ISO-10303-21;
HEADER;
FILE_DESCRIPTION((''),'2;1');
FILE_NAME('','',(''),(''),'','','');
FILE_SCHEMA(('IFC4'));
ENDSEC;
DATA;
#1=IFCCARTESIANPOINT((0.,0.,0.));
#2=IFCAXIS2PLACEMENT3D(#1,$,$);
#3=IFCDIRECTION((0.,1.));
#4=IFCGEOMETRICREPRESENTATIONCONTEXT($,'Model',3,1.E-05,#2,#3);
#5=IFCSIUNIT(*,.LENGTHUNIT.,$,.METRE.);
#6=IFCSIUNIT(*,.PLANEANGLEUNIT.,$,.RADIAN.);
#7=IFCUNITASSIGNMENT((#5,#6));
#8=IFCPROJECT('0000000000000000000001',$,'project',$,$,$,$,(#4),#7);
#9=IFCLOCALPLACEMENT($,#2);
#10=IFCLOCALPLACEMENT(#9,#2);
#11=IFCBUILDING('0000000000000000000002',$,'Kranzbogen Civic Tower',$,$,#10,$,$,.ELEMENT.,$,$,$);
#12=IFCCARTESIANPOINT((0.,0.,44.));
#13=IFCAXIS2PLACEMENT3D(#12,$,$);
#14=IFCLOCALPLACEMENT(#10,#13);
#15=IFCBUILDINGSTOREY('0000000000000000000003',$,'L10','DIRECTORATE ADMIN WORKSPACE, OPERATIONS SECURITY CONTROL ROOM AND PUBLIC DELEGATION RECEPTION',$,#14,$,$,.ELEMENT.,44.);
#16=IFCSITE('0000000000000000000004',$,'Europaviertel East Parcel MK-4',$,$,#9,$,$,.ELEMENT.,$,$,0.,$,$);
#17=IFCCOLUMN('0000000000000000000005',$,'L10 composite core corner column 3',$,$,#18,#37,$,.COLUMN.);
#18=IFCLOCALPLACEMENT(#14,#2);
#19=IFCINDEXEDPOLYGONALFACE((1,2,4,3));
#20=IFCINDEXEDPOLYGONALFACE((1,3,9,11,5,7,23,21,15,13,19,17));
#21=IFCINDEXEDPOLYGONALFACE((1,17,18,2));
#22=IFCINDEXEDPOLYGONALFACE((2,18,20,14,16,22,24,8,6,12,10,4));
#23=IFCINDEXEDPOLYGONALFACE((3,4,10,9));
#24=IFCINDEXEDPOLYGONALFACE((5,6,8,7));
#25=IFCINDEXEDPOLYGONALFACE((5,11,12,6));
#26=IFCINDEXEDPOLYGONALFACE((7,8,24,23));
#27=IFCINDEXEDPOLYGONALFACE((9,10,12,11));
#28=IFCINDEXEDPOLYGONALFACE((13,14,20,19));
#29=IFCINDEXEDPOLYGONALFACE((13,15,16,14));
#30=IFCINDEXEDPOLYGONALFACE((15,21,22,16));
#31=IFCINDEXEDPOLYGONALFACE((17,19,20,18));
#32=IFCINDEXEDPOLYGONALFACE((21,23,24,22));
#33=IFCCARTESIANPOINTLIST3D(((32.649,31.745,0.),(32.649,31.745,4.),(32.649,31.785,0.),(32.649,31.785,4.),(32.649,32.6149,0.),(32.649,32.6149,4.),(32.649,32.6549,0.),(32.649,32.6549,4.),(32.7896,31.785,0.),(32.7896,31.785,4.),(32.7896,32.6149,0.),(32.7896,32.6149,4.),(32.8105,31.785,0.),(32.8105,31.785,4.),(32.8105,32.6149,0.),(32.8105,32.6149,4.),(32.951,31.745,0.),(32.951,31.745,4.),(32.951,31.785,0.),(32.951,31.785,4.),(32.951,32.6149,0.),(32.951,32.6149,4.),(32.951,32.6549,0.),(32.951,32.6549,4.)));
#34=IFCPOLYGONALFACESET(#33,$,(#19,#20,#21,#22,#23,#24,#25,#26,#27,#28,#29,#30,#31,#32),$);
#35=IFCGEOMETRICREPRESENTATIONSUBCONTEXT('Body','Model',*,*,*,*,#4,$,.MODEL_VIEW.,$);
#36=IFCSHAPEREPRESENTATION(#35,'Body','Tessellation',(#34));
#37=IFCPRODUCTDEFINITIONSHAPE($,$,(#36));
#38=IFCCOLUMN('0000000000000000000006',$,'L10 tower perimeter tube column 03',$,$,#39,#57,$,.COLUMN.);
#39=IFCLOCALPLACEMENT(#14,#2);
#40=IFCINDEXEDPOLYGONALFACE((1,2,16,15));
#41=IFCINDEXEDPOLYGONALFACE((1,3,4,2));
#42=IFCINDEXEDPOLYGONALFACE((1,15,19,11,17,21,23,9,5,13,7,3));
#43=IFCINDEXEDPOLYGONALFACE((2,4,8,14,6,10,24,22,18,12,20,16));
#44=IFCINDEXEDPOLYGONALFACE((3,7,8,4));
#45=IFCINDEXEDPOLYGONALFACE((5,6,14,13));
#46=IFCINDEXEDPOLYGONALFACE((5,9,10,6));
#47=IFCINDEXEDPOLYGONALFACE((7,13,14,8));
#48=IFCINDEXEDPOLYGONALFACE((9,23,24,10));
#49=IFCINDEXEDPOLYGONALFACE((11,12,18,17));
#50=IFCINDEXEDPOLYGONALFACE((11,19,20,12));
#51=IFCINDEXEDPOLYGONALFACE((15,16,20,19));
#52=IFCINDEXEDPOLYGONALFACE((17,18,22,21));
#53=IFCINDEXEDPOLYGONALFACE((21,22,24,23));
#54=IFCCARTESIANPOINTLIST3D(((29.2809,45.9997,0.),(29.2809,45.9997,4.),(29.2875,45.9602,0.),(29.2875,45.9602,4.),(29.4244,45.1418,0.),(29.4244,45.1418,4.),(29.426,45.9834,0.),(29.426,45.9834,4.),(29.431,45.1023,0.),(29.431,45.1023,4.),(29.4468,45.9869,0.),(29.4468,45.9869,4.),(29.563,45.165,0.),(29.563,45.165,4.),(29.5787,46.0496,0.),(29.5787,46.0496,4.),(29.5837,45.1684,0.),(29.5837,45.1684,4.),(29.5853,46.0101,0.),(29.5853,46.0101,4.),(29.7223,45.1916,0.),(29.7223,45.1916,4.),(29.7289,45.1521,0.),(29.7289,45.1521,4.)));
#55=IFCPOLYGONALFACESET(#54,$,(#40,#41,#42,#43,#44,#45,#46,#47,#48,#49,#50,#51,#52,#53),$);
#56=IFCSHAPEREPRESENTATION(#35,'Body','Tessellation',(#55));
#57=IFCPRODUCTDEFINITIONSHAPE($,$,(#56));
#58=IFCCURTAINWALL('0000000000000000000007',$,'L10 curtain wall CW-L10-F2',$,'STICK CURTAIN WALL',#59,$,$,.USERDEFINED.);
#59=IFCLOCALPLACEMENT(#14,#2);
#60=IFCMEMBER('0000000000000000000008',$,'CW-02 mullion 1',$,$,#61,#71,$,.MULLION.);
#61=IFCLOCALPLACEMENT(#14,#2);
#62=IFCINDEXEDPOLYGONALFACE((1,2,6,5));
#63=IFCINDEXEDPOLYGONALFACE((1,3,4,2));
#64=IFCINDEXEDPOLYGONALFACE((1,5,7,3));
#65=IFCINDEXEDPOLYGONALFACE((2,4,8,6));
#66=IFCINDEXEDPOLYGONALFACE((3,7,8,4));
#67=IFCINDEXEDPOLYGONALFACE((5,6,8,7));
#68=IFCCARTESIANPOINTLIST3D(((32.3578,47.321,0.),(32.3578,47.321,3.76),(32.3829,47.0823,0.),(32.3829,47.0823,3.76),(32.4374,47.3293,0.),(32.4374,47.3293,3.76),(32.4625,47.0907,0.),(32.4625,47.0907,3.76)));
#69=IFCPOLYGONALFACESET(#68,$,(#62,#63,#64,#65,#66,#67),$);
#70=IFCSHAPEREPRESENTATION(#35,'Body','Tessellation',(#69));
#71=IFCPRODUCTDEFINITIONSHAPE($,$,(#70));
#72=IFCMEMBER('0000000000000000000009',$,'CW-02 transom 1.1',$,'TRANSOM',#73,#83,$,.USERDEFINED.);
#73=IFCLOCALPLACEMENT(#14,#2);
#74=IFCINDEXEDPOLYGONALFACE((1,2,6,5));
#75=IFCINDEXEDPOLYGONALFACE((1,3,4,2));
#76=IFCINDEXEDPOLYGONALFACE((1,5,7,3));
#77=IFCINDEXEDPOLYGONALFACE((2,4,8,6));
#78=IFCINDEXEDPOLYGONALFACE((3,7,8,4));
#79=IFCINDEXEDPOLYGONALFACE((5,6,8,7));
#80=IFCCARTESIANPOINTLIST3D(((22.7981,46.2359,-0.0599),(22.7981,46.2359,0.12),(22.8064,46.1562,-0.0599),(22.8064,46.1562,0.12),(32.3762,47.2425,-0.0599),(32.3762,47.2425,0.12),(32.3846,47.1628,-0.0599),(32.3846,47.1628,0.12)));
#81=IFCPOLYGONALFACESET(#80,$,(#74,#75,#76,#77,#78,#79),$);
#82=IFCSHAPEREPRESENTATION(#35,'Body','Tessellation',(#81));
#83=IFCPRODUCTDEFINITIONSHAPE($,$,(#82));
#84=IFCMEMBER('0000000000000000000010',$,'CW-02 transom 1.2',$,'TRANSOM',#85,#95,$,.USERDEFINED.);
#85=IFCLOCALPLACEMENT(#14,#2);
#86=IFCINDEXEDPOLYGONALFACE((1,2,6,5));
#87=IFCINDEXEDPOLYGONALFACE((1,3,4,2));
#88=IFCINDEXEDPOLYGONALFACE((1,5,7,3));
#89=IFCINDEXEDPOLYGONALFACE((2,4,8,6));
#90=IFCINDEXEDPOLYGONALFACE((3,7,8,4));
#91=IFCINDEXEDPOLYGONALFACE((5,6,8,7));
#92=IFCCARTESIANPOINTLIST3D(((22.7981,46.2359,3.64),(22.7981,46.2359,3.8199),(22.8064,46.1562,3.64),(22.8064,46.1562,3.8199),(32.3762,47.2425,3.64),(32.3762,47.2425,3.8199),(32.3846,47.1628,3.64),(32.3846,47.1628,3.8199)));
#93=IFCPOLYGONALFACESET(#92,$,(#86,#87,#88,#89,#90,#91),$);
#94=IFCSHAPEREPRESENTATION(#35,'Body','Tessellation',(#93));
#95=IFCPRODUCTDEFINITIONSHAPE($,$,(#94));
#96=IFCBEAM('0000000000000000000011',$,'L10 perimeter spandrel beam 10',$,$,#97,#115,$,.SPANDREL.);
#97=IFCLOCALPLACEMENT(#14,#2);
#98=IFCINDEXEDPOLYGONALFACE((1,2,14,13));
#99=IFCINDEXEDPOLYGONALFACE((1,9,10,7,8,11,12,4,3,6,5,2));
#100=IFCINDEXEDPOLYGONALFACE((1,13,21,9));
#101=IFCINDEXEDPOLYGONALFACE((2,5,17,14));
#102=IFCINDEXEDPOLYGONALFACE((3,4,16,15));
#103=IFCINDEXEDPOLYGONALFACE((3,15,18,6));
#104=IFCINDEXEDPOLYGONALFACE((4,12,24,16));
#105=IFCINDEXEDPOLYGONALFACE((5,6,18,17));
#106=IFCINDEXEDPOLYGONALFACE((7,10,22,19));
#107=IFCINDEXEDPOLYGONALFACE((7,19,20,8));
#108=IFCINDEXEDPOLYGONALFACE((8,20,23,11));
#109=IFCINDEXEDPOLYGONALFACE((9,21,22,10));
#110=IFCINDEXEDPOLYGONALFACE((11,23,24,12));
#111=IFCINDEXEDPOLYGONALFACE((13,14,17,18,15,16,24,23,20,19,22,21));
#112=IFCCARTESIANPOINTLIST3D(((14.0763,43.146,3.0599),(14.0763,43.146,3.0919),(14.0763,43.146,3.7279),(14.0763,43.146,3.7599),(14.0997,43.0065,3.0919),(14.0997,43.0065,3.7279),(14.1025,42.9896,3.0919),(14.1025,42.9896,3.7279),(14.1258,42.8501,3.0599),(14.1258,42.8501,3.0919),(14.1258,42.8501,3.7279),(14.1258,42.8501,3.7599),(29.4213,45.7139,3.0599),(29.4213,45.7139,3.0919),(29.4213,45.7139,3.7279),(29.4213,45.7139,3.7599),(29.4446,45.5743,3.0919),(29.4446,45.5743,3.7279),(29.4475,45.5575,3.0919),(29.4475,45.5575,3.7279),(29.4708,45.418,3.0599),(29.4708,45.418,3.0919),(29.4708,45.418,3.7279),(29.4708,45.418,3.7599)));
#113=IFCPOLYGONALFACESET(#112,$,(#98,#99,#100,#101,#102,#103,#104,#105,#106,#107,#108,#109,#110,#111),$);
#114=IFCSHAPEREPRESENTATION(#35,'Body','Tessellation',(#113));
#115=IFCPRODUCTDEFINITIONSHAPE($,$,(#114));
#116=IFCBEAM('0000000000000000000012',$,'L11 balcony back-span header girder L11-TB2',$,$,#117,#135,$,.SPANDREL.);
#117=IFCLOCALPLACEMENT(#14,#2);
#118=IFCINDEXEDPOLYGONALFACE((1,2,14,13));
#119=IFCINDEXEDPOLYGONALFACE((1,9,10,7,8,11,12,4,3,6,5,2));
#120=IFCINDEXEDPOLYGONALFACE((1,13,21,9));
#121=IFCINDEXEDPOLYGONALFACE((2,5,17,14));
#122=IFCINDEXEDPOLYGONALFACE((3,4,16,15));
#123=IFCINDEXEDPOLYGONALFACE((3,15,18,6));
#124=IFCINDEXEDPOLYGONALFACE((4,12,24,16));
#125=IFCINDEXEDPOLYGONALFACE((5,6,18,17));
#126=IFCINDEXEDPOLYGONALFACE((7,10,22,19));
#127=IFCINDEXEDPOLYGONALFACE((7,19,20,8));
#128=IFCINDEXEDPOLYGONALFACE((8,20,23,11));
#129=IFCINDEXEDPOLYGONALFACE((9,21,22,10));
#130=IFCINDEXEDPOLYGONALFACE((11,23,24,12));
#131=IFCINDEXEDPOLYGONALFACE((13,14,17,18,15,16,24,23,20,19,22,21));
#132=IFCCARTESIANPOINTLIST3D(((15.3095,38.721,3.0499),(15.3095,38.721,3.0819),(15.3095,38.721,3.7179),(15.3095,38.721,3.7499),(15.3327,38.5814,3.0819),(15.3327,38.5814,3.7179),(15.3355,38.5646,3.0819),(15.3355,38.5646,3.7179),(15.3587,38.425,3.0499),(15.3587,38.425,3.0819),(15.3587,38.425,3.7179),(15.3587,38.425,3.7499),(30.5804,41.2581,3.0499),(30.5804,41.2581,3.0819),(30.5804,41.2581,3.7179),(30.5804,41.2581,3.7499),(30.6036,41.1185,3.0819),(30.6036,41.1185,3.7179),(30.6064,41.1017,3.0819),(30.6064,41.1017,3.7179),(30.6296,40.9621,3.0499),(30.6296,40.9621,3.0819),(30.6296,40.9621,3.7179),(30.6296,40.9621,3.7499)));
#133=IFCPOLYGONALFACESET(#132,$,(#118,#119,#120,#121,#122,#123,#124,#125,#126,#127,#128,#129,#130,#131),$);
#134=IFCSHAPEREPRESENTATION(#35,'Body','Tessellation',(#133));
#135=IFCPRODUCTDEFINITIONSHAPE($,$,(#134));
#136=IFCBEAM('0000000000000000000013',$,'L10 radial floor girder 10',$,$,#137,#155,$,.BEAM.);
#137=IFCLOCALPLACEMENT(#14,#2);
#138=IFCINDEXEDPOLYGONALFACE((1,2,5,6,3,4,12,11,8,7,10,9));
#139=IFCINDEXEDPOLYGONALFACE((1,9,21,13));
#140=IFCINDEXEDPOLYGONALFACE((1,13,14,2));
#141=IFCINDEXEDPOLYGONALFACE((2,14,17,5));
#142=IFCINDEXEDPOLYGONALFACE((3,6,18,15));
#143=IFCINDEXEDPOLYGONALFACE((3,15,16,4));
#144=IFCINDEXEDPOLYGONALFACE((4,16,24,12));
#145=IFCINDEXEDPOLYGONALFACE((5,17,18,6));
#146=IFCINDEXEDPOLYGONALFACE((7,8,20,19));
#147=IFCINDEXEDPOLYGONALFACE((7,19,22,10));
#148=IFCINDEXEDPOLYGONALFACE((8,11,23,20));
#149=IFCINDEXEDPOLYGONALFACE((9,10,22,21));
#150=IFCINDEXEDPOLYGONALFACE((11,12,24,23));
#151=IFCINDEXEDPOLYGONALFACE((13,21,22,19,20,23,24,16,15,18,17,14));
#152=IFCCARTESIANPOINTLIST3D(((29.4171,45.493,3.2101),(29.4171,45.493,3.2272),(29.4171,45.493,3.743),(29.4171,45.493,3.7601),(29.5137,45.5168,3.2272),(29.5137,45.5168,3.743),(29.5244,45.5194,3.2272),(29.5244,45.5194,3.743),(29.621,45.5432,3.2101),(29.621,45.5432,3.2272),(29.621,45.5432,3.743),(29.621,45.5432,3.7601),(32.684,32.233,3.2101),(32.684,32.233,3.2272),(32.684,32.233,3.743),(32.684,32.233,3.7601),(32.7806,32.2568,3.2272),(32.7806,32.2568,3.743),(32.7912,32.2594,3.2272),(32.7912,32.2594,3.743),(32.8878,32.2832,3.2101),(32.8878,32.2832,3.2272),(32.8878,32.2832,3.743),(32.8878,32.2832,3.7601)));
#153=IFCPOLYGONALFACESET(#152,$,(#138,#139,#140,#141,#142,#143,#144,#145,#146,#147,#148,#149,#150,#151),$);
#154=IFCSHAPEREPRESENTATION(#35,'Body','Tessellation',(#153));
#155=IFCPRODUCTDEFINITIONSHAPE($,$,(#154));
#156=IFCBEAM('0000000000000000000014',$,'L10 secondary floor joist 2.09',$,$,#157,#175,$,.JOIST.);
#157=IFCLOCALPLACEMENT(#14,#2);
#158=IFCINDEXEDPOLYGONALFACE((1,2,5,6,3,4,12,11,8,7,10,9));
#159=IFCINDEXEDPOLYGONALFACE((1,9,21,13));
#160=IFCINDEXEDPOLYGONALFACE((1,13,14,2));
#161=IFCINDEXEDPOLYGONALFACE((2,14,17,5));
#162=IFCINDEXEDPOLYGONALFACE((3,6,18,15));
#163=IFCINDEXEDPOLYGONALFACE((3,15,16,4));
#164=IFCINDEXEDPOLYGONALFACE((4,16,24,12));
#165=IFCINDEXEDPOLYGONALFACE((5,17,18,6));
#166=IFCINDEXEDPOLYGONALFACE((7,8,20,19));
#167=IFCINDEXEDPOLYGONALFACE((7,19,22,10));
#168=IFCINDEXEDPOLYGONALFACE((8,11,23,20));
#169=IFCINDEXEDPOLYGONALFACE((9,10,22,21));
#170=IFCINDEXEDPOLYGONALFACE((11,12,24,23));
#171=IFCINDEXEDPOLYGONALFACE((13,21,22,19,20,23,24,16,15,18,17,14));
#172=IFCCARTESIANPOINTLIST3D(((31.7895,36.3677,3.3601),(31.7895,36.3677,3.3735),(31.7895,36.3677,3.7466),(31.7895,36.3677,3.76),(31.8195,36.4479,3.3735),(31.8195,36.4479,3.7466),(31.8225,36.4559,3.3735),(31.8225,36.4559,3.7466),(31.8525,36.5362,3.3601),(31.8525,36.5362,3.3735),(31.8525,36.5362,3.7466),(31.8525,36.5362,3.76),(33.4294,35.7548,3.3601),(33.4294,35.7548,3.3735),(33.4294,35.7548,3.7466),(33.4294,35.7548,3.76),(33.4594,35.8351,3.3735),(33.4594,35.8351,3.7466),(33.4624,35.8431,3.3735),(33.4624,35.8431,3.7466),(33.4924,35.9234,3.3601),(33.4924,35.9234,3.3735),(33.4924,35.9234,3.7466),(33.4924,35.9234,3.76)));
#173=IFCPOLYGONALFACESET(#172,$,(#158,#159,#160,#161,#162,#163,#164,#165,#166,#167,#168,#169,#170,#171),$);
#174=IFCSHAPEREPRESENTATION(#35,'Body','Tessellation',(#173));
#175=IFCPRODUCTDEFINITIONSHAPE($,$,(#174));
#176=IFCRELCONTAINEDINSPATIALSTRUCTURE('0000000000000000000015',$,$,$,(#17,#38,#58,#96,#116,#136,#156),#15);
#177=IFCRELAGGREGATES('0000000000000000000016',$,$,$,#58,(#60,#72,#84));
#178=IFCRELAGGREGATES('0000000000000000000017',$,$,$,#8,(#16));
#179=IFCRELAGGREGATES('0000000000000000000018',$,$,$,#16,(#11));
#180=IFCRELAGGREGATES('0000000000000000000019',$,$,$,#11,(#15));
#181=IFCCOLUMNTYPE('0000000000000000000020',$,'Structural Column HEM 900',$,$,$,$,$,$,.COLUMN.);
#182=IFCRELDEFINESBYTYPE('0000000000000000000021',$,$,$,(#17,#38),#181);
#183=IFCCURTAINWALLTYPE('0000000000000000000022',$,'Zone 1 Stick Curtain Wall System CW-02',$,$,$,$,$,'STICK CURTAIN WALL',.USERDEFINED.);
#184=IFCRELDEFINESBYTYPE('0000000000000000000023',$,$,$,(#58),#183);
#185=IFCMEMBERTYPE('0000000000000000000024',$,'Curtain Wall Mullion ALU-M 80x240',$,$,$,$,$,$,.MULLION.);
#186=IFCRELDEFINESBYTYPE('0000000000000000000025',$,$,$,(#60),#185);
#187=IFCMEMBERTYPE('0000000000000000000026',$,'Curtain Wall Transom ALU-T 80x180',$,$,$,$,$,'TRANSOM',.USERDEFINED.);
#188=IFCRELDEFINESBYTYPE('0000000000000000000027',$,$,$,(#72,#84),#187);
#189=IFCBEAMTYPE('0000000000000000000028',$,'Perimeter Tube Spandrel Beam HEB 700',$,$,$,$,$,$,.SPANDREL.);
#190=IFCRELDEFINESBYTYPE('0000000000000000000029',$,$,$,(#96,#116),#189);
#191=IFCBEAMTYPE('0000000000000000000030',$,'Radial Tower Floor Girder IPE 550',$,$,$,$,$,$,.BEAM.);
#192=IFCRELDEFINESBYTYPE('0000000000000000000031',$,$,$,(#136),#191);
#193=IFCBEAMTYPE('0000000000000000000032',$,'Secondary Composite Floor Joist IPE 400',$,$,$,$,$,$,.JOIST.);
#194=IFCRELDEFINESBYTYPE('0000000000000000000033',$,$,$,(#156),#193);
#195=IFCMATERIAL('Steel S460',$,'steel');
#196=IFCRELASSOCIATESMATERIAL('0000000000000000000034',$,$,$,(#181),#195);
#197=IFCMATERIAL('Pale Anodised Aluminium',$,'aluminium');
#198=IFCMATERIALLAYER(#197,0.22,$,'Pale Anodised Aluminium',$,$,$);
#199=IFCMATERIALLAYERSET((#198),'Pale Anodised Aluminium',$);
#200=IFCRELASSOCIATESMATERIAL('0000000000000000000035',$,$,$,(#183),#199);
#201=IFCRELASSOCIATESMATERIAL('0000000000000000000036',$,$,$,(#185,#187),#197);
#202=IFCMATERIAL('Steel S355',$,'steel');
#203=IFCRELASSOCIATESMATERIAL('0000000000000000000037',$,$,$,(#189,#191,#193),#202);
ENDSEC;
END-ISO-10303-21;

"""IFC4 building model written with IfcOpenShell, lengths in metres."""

from ifc_helpers import new_model, si_unit, direction, frame, origin, origin_2d, place, context, subcontext, project, spatial, rectangle, i_section, extrude, material, layer, layer_set, material_profile, profile_set, type_object, element, aggregate, save


model = new_model("IFC4")

# Units and contexts
model_context = context("Model", 3, precision=1e-05, world=origin(), true_north=direction((0.0, 1.0)))
body_context = subcontext(model_context, "Body", "Model", "MODEL_VIEW")
ifc_project = project(units=[si_unit("LENGTHUNIT", "METRE"), si_unit("PLANEANGLEUNIT", "RADIAN")], contexts=[model_context])

# Site, building, storey
site_placement = place(None, origin())
site = spatial("IfcSite", under=ifc_project, at=site_placement, Name="Europaviertel East Parcel MK-4", CompositionType="ELEMENT", RefElevation=0.0)
building_placement = place(site_placement, origin())
building = spatial("IfcBuilding", under=site, at=building_placement, Name="Kranzbogen Civic Tower", CompositionType="ELEMENT")
storey_placement = place(building_placement, frame((0.0, 0.0, 44.0)))
storey = spatial("IfcBuildingStorey", under=building, at=storey_placement, Name="L10", Description="DIRECTORATE ADMIN WORKSPACE, OPERATIONS SECURITY CONTROL ROOM AND PUBLIC DELEGATION RECEPTION", CompositionType="ELEMENT", Elevation=44.0)

# Columns
ifc_material_1 = material(Name="Steel S460", Category="steel")
ifc_material_profile_1 = material_profile(ifc_material_1, i_section(OverallWidth=0.302, OverallDepth=0.9099, WebThickness=0.021, FlangeThickness=0.04, at=origin_2d()), Name="HEM 900")
ifc_profile_set_1 = profile_set([ifc_material_profile_1], Name="Steel S460")
column_type = type_object("IfcColumnType", Name="Structural Column HEM 900", PredefinedType="COLUMN", material=ifc_profile_set_1)
for number, where, z_axis, x_axis, name in (
    (1, (32.8, 32.2, 0.0), (0.0, 0.0, 1.0), (1.0, 0.0, 0.0), "L10 composite core corner column 3"),
    (2, (29.5049, 45.5759, 0.0), (0.0, 0.0, 1.0), (0.986286, 0.165048, 0.0), "L10 tower perimeter tube column 03"),
):
    element("IfcColumn", number, at=place(storey_placement, frame(where, z_axis=z_axis, x_axis=x_axis)), inside=storey, type_object=column_type, Name=name, PredefinedType="COLUMN", context=body_context, shape_type="SweptSolid", body=[
        extrude(i_section(OverallWidth=0.302, OverallDepth=0.9099, WebThickness=0.021, FlangeThickness=0.04, at=origin_2d()), origin(), (0.0, 0.0, 1.0), 4.0),
    ])

# Curtain wall, members
ifc_material_2 = material(Name="Pale Anodised Aluminium", Category="aluminium")
ifc_layer_1 = layer(ifc_material_2, 0.22, Name="Pale Anodised Aluminium")
ifc_layer_set_1 = layer_set([ifc_layer_1], Name="Pale Anodised Aluminium")
curtain_wall_type = type_object("IfcCurtainWallType", Name="Zone 1 Stick Curtain Wall System CW-02", ElementType="STICK CURTAIN WALL", PredefinedType="USERDEFINED", material=ifc_layer_set_1)
curtain_wall_placement = place(storey_placement, origin())
curtain_wall = element("IfcCurtainWall", 3, at=curtain_wall_placement, inside=storey, type_object=curtain_wall_type, Name="L10 curtain wall CW-L10-F2", ObjectType="STICK CURTAIN WALL", PredefinedType="USERDEFINED")
ifc_material_profile_2 = material_profile(ifc_material_2, rectangle(XDim=0.0801, YDim=0.24, at=origin_2d()), Name="ALU-M 80x240")
ifc_profile_set_2 = profile_set([ifc_material_profile_2], Name="Pale Anodised Aluminium")
member_type_1 = type_object("IfcMemberType", Name="Curtain Wall Mullion ALU-M 80x240", PredefinedType="MULLION", material=ifc_profile_set_2)
member_1_placement = place(storey_placement, frame((32.4102, 47.2058, 0.0), z_axis=(0.0, 0.0, 1.0), x_axis=(-0.994523, -0.104519, 0.0)))
member_1 = element("IfcMember", 4, at=member_1_placement, type_object=member_type_1, Name="CW-02 mullion 1", PredefinedType="MULLION", context=body_context, shape_type="SweptSolid", body=[
    extrude(rectangle(XDim=0.0801, YDim=0.24, at=origin_2d()), origin(), (0.0, 0.0, 1.0), 3.76),
])
ifc_material_profile_3 = material_profile(ifc_material_2, rectangle(XDim=0.0801, YDim=0.1799, at=origin_2d()), Name="ALU-T 80x180")
ifc_profile_set_3 = profile_set([ifc_material_profile_3], Name="Pale Anodised Aluminium")
member_type_2 = type_object("IfcMemberType", Name="Curtain Wall Transom ALU-T 80x180", ElementType="TRANSOM", PredefinedType="USERDEFINED", material=ifc_profile_set_3)
member_2_placement = place(storey_placement, frame((32.3804, 47.2026, 0.03), z_axis=(-0.994523, -0.104517, 0.0), x_axis=(0.104517, -0.994523, 0.0)))
member_2 = element("IfcMember", 5, at=member_2_placement, type_object=member_type_2, Name="CW-02 transom 1.1", ObjectType="TRANSOM", PredefinedType="USERDEFINED", context=body_context, shape_type="SweptSolid", body=[
    extrude(rectangle(XDim=0.0801, YDim=0.1799, at=origin_2d()), origin(), (0.0, 0.0, 1.0), 9.6309),
])
member_3_placement = place(storey_placement, frame((32.3804, 47.2026, 3.73), z_axis=(-0.994523, -0.104517, 0.0), x_axis=(0.104517, -0.994523, 0.0)))
member_3 = element("IfcMember", 6, at=member_3_placement, type_object=member_type_2, Name="CW-02 transom 1.2", ObjectType="TRANSOM", PredefinedType="USERDEFINED", context=body_context, shape_type="SweptSolid", body=[
    extrude(rectangle(XDim=0.0801, YDim=0.1799, at=origin_2d()), origin(), (0.0, 0.0, 1.0), 9.6309),
])

# Beams
ifc_material_3 = material(Name="Steel S355", Category="steel")
ifc_material_profile_4 = material_profile(ifc_material_3, i_section(OverallWidth=0.3, OverallDepth=0.7, WebThickness=0.0171, FlangeThickness=0.032, at=origin_2d()), Name="HEB 700")
ifc_profile_set_4 = profile_set([ifc_material_profile_4], Name="Steel S355")
beam_type_1 = type_object("IfcBeamType", Name="Perimeter Tube Spandrel Beam HEB 700", PredefinedType="SPANDREL", material=ifc_profile_set_4)
beam_1_placement = place(storey_placement, frame((29.446, 45.5659, 3.4099), z_axis=(-0.986286, -0.165048, 0.0), x_axis=(0.165048, -0.986286, 0.0)))
element("IfcBeam", 7, at=beam_1_placement, inside=storey, type_object=beam_type_1, Name="L10 perimeter spandrel beam 10", PredefinedType="SPANDREL", context=body_context, shape_type="SweptSolid", body=[
    extrude(i_section(OverallWidth=0.3, OverallDepth=0.7, WebThickness=0.0171, FlangeThickness=0.032, at=origin_2d()), origin(), (0.0, 0.0, 1.0), 15.5583),
])
beam_2_placement = place(storey_placement, frame((30.605, 41.1101, 3.3999), z_axis=(-0.986478, -0.163893, 0.0), x_axis=(0.163893, -0.986478, 0.0)))
element("IfcBeam", 8, at=beam_2_placement, inside=storey, type_object=beam_type_1, Name="L11 balcony back-span header girder L11-TB2", PredefinedType="SPANDREL", context=body_context, shape_type="SweptSolid", body=[
    extrude(i_section(OverallWidth=0.3, OverallDepth=0.7, WebThickness=0.0171, FlangeThickness=0.032, at=origin_2d()), origin(), (0.0, 0.0, 1.0), 15.4802),
])
ifc_material_profile_5 = material_profile(ifc_material_3, i_section(OverallWidth=0.21, OverallDepth=0.55, WebThickness=0.011, FlangeThickness=0.0171, at=origin_2d()), Name="IPE 550")
ifc_profile_set_5 = profile_set([ifc_material_profile_5], Name="Steel S355")
beam_type_2 = type_object("IfcBeamType", Name="Radial Tower Floor Girder IPE 550", PredefinedType="BEAM", material=ifc_profile_set_5)
beam_3_placement = place(storey_placement, frame((29.519, 45.5181, 3.4851), z_axis=(0.239215, -0.970967, 0.0), x_axis=(0.970967, 0.239215, 0.0)))
element("IfcBeam", 9, at=beam_3_placement, inside=storey, type_object=beam_type_2, Name="L10 radial floor girder 10", PredefinedType="BEAM", context=body_context, shape_type="SweptSolid", body=[
    extrude(i_section(OverallWidth=0.21, OverallDepth=0.55, WebThickness=0.011, FlangeThickness=0.0171, at=origin_2d()), origin(), (0.0, 0.0, 1.0), 13.6565),
])
ifc_material_profile_6 = material_profile(ifc_material_3, i_section(OverallWidth=0.1799, OverallDepth=0.3999, WebThickness=0.0085, FlangeThickness=0.0134, at=origin_2d()), Name="IPE 400")
ifc_profile_set_6 = profile_set([ifc_material_profile_6], Name="Steel S355")
beam_type_3 = type_object("IfcBeamType", Name="Secondary Composite Floor Joist IPE 400", PredefinedType="JOIST", material=ifc_profile_set_6)
beam_4_placement = place(storey_placement, frame((33.4609, 35.8391, 3.5601), z_axis=(-0.936735, 0.350038, 0.0), x_axis=(-0.350038, -0.936735, 0.0)))
element("IfcBeam", 10, at=beam_4_placement, inside=storey, type_object=beam_type_3, Name="L10 secondary floor joist 2.09", PredefinedType="JOIST", context=body_context, shape_type="SweptSolid", body=[
    extrude(i_section(OverallWidth=0.1799, OverallDepth=0.3999, WebThickness=0.0085, FlangeThickness=0.0134, at=origin_2d()), origin(), (0.0, 0.0, 1.0), 1.7507),
])

aggregate(curtain_wall, [member_1, member_2, member_3])

save(model, "model.ifc")
